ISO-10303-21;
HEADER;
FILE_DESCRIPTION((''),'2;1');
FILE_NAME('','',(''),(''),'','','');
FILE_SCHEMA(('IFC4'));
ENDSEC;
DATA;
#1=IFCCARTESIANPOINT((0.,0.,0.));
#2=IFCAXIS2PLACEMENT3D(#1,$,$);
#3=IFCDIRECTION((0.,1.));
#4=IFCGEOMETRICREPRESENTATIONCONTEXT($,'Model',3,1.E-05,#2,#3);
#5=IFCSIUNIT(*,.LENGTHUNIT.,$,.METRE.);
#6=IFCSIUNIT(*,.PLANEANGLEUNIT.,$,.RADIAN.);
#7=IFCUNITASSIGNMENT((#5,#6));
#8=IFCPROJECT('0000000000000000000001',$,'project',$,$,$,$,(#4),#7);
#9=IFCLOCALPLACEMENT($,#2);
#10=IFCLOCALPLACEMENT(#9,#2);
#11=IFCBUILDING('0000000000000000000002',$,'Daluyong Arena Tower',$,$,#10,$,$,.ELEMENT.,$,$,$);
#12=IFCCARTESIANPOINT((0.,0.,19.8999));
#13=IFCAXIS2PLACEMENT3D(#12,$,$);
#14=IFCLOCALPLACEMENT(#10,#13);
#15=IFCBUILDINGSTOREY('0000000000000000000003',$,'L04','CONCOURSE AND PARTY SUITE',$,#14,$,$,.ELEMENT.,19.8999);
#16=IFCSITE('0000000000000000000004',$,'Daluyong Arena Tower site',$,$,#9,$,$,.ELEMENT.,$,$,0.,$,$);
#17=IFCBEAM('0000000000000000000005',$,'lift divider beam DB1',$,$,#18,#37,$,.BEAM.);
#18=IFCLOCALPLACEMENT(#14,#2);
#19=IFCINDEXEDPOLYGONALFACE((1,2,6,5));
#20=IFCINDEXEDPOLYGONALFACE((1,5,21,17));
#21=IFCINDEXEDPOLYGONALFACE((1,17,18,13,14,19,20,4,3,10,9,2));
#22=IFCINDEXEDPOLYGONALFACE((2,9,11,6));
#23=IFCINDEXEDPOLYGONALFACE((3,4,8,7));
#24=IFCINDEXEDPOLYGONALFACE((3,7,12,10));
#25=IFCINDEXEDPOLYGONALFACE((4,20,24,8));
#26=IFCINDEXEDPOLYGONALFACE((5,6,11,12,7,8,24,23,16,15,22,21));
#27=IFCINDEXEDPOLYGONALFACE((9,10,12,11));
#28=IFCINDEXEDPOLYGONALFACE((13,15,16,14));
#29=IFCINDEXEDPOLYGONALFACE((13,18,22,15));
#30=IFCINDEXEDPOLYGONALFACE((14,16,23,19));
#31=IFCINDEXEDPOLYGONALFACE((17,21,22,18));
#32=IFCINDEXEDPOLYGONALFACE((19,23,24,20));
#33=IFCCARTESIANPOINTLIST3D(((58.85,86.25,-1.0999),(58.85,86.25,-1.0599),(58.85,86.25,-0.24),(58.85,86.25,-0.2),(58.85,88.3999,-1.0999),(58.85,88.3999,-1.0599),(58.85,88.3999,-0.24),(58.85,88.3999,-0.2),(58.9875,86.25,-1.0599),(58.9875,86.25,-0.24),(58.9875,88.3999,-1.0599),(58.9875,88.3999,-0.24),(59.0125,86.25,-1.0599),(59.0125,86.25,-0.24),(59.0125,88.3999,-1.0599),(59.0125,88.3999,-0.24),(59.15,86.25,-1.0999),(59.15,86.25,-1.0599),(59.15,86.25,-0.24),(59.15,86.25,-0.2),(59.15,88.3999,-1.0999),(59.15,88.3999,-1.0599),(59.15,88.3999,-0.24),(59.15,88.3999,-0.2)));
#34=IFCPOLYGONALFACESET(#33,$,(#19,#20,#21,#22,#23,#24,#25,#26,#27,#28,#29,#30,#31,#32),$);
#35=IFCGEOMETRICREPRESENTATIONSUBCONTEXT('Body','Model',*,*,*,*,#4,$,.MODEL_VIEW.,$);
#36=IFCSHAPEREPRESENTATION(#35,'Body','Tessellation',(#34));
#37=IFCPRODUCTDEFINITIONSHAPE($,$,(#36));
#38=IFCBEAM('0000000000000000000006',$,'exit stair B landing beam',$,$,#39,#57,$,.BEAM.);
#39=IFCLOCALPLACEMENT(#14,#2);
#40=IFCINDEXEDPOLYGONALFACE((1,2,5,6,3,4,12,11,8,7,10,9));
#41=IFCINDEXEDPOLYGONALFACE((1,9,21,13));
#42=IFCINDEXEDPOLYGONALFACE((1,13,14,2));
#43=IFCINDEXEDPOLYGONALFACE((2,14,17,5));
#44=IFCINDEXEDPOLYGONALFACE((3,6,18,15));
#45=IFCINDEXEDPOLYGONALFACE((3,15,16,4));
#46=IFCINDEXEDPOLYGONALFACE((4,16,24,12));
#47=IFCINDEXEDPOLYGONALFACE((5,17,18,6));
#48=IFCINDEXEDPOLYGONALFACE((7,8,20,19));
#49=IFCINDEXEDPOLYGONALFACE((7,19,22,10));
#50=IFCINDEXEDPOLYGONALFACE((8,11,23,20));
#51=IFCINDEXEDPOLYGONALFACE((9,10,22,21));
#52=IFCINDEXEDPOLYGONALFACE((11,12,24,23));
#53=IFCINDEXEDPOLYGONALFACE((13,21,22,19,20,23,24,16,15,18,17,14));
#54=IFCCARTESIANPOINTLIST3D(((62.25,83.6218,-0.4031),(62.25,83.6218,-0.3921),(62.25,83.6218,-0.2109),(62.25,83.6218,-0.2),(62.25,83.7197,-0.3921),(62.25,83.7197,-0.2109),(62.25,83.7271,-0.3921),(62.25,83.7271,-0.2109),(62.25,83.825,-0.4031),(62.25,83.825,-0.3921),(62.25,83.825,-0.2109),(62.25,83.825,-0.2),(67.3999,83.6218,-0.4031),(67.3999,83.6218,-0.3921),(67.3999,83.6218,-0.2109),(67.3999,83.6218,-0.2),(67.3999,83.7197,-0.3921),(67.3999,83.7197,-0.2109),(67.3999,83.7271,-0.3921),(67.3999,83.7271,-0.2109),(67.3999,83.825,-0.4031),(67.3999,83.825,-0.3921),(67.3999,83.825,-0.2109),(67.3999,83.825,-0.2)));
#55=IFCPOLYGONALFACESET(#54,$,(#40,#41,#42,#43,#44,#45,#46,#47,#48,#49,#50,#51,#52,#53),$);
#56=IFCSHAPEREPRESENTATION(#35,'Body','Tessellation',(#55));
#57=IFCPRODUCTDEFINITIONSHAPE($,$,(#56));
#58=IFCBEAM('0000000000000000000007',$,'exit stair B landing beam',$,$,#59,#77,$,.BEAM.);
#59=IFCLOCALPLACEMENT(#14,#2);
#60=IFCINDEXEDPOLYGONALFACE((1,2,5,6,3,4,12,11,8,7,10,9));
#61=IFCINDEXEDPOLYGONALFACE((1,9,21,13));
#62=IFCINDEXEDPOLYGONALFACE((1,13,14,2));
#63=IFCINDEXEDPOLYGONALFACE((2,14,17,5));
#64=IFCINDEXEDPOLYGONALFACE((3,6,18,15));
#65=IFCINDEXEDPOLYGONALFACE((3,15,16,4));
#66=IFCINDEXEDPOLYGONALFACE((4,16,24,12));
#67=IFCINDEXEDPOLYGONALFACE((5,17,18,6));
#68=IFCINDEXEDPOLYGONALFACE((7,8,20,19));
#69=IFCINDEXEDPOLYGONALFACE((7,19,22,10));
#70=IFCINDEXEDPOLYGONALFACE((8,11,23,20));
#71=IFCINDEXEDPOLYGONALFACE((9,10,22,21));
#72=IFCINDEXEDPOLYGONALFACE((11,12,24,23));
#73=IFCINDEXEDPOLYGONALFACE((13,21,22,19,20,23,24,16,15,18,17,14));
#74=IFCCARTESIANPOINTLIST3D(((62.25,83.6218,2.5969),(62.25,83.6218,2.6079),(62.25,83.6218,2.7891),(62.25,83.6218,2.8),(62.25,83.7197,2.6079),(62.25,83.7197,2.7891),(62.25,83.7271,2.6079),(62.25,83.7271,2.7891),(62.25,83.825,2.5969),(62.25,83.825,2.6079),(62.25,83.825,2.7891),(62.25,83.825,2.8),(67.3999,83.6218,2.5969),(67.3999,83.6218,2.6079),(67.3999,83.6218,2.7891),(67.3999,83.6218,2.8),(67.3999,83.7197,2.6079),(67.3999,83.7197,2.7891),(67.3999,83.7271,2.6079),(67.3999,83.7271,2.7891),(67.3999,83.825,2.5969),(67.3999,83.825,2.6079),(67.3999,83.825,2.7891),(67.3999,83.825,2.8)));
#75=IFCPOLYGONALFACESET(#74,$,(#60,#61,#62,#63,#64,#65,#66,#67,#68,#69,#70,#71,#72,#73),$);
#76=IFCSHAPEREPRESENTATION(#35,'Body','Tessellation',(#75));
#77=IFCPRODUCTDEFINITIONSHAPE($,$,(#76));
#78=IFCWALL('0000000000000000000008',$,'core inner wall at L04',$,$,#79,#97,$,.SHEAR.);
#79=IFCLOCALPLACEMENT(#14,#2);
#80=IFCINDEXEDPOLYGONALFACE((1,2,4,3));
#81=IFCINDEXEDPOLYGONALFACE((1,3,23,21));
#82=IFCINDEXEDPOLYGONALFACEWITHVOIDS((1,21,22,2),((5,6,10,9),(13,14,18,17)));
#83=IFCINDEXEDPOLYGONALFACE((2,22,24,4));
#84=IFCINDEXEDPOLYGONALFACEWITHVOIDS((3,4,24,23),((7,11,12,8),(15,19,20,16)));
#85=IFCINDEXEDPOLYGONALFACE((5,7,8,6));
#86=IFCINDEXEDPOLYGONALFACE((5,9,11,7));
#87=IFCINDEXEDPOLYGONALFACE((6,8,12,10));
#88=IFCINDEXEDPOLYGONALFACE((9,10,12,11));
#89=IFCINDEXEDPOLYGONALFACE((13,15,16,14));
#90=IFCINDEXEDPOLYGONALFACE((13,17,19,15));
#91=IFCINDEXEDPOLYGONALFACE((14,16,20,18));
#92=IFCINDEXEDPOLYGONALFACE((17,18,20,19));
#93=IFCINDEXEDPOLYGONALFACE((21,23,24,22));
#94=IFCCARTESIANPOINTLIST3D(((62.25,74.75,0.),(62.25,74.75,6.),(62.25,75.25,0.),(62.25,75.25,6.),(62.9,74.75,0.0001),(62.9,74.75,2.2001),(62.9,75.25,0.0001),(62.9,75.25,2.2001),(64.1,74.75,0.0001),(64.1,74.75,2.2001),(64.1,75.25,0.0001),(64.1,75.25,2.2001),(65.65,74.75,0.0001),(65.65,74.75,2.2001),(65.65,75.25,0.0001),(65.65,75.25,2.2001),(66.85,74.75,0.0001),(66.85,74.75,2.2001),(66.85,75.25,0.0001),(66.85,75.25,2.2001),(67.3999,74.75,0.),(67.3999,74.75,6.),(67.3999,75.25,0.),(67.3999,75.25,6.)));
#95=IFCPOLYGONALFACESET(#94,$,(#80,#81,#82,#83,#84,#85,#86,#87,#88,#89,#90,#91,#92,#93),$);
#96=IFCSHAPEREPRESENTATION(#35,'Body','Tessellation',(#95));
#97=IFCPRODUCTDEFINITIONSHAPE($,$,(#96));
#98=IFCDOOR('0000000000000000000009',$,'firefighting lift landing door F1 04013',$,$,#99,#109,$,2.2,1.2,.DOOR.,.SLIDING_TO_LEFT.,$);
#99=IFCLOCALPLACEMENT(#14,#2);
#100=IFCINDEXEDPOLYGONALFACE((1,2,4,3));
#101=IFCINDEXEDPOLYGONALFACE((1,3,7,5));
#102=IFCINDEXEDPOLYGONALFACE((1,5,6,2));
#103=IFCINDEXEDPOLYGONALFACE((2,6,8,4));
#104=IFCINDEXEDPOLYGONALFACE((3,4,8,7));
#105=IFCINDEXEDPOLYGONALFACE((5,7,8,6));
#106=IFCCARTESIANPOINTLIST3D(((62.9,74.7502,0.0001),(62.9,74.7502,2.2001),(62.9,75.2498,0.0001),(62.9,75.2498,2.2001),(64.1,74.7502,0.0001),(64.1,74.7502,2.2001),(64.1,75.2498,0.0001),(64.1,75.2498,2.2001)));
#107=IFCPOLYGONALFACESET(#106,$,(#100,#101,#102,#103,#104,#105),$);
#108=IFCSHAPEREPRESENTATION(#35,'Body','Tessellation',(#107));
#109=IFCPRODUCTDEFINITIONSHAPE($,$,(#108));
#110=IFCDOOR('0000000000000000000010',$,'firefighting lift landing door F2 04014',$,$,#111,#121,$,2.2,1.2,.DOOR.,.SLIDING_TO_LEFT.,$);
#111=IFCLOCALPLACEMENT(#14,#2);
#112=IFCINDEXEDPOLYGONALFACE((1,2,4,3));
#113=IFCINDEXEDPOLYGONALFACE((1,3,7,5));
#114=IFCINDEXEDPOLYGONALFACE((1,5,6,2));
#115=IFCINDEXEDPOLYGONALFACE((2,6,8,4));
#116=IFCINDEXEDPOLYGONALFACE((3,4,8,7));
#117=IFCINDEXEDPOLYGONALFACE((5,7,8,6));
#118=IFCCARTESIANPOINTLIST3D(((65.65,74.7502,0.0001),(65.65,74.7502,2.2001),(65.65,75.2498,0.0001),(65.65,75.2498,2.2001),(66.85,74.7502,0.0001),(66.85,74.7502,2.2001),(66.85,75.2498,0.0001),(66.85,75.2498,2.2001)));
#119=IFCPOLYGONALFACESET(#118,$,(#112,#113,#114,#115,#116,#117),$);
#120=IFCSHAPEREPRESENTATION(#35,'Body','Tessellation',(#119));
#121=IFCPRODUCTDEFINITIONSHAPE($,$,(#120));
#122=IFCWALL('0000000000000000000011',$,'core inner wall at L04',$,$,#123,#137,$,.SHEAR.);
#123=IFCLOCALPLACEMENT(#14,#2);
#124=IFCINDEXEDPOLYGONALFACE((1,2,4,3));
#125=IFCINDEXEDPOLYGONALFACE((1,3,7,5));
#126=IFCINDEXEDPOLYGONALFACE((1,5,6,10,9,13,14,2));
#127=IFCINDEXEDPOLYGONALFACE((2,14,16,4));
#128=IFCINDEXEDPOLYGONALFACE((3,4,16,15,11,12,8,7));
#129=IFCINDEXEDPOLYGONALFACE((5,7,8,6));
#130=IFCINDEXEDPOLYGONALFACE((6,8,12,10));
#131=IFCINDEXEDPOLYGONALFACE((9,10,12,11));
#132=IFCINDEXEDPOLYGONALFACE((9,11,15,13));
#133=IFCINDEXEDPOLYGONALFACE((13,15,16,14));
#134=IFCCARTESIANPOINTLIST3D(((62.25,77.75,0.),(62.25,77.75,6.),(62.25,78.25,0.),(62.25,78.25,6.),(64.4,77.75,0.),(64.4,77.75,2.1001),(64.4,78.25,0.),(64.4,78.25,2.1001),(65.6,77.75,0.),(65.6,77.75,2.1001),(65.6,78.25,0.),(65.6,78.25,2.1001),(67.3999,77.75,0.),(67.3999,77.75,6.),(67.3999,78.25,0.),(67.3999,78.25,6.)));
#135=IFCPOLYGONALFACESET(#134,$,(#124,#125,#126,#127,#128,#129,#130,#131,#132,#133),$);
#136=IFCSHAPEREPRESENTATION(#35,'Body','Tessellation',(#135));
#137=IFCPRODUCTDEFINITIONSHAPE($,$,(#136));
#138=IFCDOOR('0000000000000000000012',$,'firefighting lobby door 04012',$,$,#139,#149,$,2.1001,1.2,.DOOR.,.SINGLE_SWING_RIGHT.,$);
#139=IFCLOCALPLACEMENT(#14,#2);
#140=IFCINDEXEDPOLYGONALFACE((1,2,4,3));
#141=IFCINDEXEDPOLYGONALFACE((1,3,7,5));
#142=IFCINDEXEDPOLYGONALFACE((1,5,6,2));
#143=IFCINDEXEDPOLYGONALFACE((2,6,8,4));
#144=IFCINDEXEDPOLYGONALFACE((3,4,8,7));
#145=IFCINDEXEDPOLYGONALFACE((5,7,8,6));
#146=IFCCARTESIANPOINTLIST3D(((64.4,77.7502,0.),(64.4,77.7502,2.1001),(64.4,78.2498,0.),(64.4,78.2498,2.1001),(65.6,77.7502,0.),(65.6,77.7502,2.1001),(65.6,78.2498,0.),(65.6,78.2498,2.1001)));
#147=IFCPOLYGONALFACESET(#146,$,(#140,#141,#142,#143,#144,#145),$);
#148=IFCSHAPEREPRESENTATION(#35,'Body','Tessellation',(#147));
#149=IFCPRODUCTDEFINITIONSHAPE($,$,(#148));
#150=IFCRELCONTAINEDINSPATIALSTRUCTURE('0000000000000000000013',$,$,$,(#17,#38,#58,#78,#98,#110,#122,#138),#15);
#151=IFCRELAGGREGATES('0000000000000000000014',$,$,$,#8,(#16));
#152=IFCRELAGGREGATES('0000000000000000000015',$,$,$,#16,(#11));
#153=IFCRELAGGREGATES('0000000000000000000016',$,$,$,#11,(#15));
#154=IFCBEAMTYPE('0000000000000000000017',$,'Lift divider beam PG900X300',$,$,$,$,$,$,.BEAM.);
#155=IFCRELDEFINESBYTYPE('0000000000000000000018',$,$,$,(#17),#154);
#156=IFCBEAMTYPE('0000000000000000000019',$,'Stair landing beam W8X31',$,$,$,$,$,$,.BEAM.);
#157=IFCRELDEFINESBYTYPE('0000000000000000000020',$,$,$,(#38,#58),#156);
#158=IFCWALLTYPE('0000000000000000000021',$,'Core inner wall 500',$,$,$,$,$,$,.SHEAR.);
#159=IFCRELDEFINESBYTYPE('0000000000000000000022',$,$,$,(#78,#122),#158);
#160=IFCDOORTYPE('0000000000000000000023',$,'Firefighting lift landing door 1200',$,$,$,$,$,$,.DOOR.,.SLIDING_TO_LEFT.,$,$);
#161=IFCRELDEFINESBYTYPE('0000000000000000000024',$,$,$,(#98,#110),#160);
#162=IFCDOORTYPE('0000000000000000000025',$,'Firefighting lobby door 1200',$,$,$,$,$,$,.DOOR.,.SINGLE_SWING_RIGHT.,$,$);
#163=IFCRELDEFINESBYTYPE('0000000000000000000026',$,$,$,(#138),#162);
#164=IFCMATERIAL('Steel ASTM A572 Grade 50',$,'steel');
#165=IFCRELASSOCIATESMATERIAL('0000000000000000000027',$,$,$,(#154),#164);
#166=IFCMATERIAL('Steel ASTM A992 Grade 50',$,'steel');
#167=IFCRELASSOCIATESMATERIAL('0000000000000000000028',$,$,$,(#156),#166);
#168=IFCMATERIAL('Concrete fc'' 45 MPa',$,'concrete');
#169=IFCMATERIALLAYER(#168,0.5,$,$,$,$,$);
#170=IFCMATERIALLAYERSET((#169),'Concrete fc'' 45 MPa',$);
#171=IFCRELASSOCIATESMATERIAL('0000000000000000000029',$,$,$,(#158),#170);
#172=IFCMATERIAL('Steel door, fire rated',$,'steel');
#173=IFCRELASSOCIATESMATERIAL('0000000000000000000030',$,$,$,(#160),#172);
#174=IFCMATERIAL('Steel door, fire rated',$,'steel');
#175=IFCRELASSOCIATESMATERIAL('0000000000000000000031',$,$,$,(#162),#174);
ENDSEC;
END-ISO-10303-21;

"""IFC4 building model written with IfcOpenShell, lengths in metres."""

from ifc_helpers import new_model, si_unit, direction, frame, frame_2d, origin, origin_2d, place, context, subcontext, project, spatial, rectangle, i_section, extrude, material, layer, layer_set, material_profile, profile_set, type_object, element, fill, save


model = new_model("IFC4")

# Units and contexts
model_context = context("Model", 3, precision=1e-05, world=origin(), true_north=direction((0.0, 1.0)))
body_context = subcontext(model_context, "Body", "Model", "MODEL_VIEW")
ifc_project = project(units=[si_unit("LENGTHUNIT", "METRE"), si_unit("PLANEANGLEUNIT", "RADIAN")], contexts=[model_context])

# Site, building, storey
site_placement = place(None, origin())
site = spatial("IfcSite", under=ifc_project, at=site_placement, Name="Daluyong Arena Tower site", CompositionType="ELEMENT", RefElevation=0.0)
building_placement = place(site_placement, origin())
building = spatial("IfcBuilding", under=site, at=building_placement, Name="Daluyong Arena Tower", CompositionType="ELEMENT")
storey_placement = place(building_placement, frame((0.0, 0.0, 19.8999)))
storey = spatial("IfcBuildingStorey", under=building, at=storey_placement, Name="L04", Description="CONCOURSE AND PARTY SUITE", CompositionType="ELEMENT", Elevation=19.8999)

# Beams
ifc_material_1 = material(Name="Steel ASTM A572 Grade 50", Category="steel")
ifc_material_profile_1 = material_profile(ifc_material_1, i_section(OverallWidth=0.3, OverallDepth=0.8999, WebThickness=0.025, FlangeThickness=0.04, at=origin_2d()))
ifc_profile_set_1 = profile_set([ifc_material_profile_1], Name="Steel ASTM A572 Grade 50")
beam_type_1 = type_object("IfcBeamType", Name="Lift divider beam PG900X300", PredefinedType="BEAM", material=ifc_profile_set_1)
beam_1_placement = place(storey_placement, frame((59.0, 86.25, -0.6499), z_axis=(0.0, 1.0, 0.0), x_axis=(-1.0, 0.0, 0.0)))
element("IfcBeam", 1, at=beam_1_placement, inside=storey, type_object=beam_type_1, Name="lift divider beam DB1", PredefinedType="BEAM", context=body_context, shape_type="SweptSolid", body=[
    extrude(i_section(OverallWidth=0.3, OverallDepth=0.8999, WebThickness=0.025, FlangeThickness=0.04, at=origin_2d()), origin(), (0.0, 0.0, 1.0), 2.1499),
])
ifc_material_2 = material(Name="Steel ASTM A992 Grade 50", Category="steel")
ifc_material_profile_2 = material_profile(ifc_material_2, i_section(OverallWidth=0.2031, OverallDepth=0.2031, WebThickness=0.0073, FlangeThickness=0.011, at=origin_2d()))
ifc_profile_set_2 = profile_set([ifc_material_profile_2], Name="Steel ASTM A992 Grade 50")
beam_type_2 = type_object("IfcBeamType", Name="Stair landing beam W8X31", PredefinedType="BEAM", material=ifc_profile_set_2)
for number, where, z_axis, x_axis, name in (
    (2, (62.25, 83.7234, -0.3015), (1.0, 0.0, 0.0), (0.0, 1.0, 0.0), "exit stair B landing beam"),
    (3, (62.25, 83.7234, 2.6985), (1.0, 0.0, 0.0), (0.0, 1.0, 0.0), "exit stair B landing beam"),
):
    element("IfcBeam", number, at=place(storey_placement, frame(where, z_axis=z_axis, x_axis=x_axis)), inside=storey, type_object=beam_type_2, Name=name, PredefinedType="BEAM", context=body_context, shape_type="SweptSolid", body=[
        extrude(i_section(OverallWidth=0.2031, OverallDepth=0.2031, WebThickness=0.0073, FlangeThickness=0.011, at=origin_2d()), origin(), (0.0, 0.0, 1.0), 5.1499),
    ])

# Wall, openings, doors
ifc_material_3 = material(Name="Concrete fc' 45 MPa", Category="concrete")
ifc_layer_1 = layer(ifc_material_3, 0.5)
ifc_layer_set_1 = layer_set([ifc_layer_1], Name="Concrete fc' 45 MPa")
wall_type_1 = type_object("IfcWallType", Name="Core inner wall 500", PredefinedType="SHEAR", material=ifc_layer_set_1)
wall_1_placement = place(storey_placement, frame((62.25, 75.0, 0.0), z_axis=(0.0, 0.0, 1.0), x_axis=(1.0, 0.0, 0.0)))
wall_1 = element("IfcWall", 4, at=wall_1_placement, inside=storey, type_object=wall_type_1, Name="core inner wall at L04", PredefinedType="SHEAR", context=body_context, shape_type="SweptSolid", body=[
    extrude(rectangle(XDim=5.1499, YDim=0.5, at=frame_2d((2.575, 0.0))), origin(), (0.0, 0.0, 1.0), 6.0),
])
opening_1_placement = place(wall_1_placement, frame((0.6499, 0.0, 0.0)))
opening_1 = element("IfcOpeningElement", 5, at=opening_1_placement, cuts=wall_1, PredefinedType="OPENING", context=body_context, shape_type="SweptSolid", body=[
    extrude(rectangle(XDim=1.2, YDim=2.2, at=frame_2d((0.6001, 1.1001))), frame((0.0, 0.26, 0.0), z_axis=(0.0, -1.0, 0.0), x_axis=(1.0, 0.0, 0.0)), (0.0, 0.0, 1.0), 0.52),
])
opening_2_placement = place(wall_1_placement, frame((3.3999, 0.0, 0.0)))
opening_2 = element("IfcOpeningElement", 6, at=opening_2_placement, cuts=wall_1, PredefinedType="OPENING", context=body_context, shape_type="SweptSolid", body=[
    extrude(rectangle(XDim=1.2, YDim=2.2, at=frame_2d((0.6001, 1.1001))), frame((0.0, 0.26, 0.0), z_axis=(0.0, -1.0, 0.0), x_axis=(1.0, 0.0, 0.0)), (0.0, 0.0, 1.0), 0.52),
])
ifc_material_4 = material(Name="Steel door, fire rated", Category="steel")
door_type_1 = type_object("IfcDoorType", Name="Firefighting lift landing door 1200", OperationType="SLIDING_TO_LEFT", PredefinedType="DOOR", material=ifc_material_4)
door_1_placement = place(opening_1_placement, origin())
door_1 = element("IfcDoor", 7, at=door_1_placement, inside=storey, type_object=door_type_1, Name="firefighting lift landing door F1 04013", OperationType="SLIDING_TO_LEFT", OverallHeight=2.2, OverallWidth=1.2, PredefinedType="DOOR", context=body_context, shape_type="SweptSolid", body=[
    extrude(rectangle(XDim=1.2, YDim=2.2, at=frame_2d((0.6001, 1.1001))), frame((0.0, 0.2498, 0.0), z_axis=(0.0, -1.0, 0.0), x_axis=(1.0, 0.0, 0.0)), (0.0, 0.0, 1.0), 0.4995),
])
fill(opening_1, door_1)
door_2_placement = place(opening_2_placement, origin())
door_2 = element("IfcDoor", 8, at=door_2_placement, inside=storey, type_object=door_type_1, Name="firefighting lift landing door F2 04014", OperationType="SLIDING_TO_LEFT", OverallHeight=2.2, OverallWidth=1.2, PredefinedType="DOOR", context=body_context, shape_type="SweptSolid", body=[
    extrude(rectangle(XDim=1.2, YDim=2.2, at=frame_2d((0.6001, 1.1001))), frame((0.0, 0.2498, 0.0), z_axis=(0.0, -1.0, 0.0), x_axis=(1.0, 0.0, 0.0)), (0.0, 0.0, 1.0), 0.4995),
])
fill(opening_2, door_2)

# Wall, opening, door
wall_2_placement = place(storey_placement, frame((62.25, 78.0, 0.0), z_axis=(0.0, 0.0, 1.0), x_axis=(1.0, 0.0, 0.0)))
wall_2 = element("IfcWall", 9, at=wall_2_placement, inside=storey, type_object=wall_type_1, Name="core inner wall at L04", PredefinedType="SHEAR", context=body_context, shape_type="SweptSolid", body=[
    extrude(rectangle(XDim=5.1499, YDim=0.5, at=frame_2d((2.575, 0.0))), origin(), (0.0, 0.0, 1.0), 6.0),
])
opening_3_placement = place(wall_2_placement, frame((2.1499, 0.0, 0.0)))
opening_3 = element("IfcOpeningElement", 10, at=opening_3_placement, cuts=wall_2, PredefinedType="OPENING", context=body_context, shape_type="SweptSolid", body=[
    extrude(rectangle(XDim=1.2, YDim=2.1001, at=frame_2d((0.6001, 1.05))), frame((0.0, 0.26, 0.0), z_axis=(0.0, -1.0, 0.0), x_axis=(1.0, 0.0, 0.0)), (0.0, 0.0, 1.0), 0.52),
])
ifc_material_5 = material(Name="Steel door, fire rated", Category="steel")
door_type_2 = type_object("IfcDoorType", Name="Firefighting lobby door 1200", OperationType="SINGLE_SWING_RIGHT", PredefinedType="DOOR", material=ifc_material_5)
door_3_placement = place(opening_3_placement, origin())
door_3 = element("IfcDoor", 11, at=door_3_placement, inside=storey, type_object=door_type_2, Name="firefighting lobby door 04012", OperationType="SINGLE_SWING_RIGHT", OverallHeight=2.1001, OverallWidth=1.2, PredefinedType="DOOR", context=body_context, shape_type="SweptSolid", body=[
    extrude(rectangle(XDim=1.2, YDim=2.1001, at=frame_2d((0.6001, 1.05))), frame((0.0, 0.2498, 0.0), z_axis=(0.0, -1.0, 0.0), x_axis=(1.0, 0.0, 0.0)), (0.0, 0.0, 1.0), 0.4995),
])
fill(opening_3, door_3)

save(model, "model.ifc")
